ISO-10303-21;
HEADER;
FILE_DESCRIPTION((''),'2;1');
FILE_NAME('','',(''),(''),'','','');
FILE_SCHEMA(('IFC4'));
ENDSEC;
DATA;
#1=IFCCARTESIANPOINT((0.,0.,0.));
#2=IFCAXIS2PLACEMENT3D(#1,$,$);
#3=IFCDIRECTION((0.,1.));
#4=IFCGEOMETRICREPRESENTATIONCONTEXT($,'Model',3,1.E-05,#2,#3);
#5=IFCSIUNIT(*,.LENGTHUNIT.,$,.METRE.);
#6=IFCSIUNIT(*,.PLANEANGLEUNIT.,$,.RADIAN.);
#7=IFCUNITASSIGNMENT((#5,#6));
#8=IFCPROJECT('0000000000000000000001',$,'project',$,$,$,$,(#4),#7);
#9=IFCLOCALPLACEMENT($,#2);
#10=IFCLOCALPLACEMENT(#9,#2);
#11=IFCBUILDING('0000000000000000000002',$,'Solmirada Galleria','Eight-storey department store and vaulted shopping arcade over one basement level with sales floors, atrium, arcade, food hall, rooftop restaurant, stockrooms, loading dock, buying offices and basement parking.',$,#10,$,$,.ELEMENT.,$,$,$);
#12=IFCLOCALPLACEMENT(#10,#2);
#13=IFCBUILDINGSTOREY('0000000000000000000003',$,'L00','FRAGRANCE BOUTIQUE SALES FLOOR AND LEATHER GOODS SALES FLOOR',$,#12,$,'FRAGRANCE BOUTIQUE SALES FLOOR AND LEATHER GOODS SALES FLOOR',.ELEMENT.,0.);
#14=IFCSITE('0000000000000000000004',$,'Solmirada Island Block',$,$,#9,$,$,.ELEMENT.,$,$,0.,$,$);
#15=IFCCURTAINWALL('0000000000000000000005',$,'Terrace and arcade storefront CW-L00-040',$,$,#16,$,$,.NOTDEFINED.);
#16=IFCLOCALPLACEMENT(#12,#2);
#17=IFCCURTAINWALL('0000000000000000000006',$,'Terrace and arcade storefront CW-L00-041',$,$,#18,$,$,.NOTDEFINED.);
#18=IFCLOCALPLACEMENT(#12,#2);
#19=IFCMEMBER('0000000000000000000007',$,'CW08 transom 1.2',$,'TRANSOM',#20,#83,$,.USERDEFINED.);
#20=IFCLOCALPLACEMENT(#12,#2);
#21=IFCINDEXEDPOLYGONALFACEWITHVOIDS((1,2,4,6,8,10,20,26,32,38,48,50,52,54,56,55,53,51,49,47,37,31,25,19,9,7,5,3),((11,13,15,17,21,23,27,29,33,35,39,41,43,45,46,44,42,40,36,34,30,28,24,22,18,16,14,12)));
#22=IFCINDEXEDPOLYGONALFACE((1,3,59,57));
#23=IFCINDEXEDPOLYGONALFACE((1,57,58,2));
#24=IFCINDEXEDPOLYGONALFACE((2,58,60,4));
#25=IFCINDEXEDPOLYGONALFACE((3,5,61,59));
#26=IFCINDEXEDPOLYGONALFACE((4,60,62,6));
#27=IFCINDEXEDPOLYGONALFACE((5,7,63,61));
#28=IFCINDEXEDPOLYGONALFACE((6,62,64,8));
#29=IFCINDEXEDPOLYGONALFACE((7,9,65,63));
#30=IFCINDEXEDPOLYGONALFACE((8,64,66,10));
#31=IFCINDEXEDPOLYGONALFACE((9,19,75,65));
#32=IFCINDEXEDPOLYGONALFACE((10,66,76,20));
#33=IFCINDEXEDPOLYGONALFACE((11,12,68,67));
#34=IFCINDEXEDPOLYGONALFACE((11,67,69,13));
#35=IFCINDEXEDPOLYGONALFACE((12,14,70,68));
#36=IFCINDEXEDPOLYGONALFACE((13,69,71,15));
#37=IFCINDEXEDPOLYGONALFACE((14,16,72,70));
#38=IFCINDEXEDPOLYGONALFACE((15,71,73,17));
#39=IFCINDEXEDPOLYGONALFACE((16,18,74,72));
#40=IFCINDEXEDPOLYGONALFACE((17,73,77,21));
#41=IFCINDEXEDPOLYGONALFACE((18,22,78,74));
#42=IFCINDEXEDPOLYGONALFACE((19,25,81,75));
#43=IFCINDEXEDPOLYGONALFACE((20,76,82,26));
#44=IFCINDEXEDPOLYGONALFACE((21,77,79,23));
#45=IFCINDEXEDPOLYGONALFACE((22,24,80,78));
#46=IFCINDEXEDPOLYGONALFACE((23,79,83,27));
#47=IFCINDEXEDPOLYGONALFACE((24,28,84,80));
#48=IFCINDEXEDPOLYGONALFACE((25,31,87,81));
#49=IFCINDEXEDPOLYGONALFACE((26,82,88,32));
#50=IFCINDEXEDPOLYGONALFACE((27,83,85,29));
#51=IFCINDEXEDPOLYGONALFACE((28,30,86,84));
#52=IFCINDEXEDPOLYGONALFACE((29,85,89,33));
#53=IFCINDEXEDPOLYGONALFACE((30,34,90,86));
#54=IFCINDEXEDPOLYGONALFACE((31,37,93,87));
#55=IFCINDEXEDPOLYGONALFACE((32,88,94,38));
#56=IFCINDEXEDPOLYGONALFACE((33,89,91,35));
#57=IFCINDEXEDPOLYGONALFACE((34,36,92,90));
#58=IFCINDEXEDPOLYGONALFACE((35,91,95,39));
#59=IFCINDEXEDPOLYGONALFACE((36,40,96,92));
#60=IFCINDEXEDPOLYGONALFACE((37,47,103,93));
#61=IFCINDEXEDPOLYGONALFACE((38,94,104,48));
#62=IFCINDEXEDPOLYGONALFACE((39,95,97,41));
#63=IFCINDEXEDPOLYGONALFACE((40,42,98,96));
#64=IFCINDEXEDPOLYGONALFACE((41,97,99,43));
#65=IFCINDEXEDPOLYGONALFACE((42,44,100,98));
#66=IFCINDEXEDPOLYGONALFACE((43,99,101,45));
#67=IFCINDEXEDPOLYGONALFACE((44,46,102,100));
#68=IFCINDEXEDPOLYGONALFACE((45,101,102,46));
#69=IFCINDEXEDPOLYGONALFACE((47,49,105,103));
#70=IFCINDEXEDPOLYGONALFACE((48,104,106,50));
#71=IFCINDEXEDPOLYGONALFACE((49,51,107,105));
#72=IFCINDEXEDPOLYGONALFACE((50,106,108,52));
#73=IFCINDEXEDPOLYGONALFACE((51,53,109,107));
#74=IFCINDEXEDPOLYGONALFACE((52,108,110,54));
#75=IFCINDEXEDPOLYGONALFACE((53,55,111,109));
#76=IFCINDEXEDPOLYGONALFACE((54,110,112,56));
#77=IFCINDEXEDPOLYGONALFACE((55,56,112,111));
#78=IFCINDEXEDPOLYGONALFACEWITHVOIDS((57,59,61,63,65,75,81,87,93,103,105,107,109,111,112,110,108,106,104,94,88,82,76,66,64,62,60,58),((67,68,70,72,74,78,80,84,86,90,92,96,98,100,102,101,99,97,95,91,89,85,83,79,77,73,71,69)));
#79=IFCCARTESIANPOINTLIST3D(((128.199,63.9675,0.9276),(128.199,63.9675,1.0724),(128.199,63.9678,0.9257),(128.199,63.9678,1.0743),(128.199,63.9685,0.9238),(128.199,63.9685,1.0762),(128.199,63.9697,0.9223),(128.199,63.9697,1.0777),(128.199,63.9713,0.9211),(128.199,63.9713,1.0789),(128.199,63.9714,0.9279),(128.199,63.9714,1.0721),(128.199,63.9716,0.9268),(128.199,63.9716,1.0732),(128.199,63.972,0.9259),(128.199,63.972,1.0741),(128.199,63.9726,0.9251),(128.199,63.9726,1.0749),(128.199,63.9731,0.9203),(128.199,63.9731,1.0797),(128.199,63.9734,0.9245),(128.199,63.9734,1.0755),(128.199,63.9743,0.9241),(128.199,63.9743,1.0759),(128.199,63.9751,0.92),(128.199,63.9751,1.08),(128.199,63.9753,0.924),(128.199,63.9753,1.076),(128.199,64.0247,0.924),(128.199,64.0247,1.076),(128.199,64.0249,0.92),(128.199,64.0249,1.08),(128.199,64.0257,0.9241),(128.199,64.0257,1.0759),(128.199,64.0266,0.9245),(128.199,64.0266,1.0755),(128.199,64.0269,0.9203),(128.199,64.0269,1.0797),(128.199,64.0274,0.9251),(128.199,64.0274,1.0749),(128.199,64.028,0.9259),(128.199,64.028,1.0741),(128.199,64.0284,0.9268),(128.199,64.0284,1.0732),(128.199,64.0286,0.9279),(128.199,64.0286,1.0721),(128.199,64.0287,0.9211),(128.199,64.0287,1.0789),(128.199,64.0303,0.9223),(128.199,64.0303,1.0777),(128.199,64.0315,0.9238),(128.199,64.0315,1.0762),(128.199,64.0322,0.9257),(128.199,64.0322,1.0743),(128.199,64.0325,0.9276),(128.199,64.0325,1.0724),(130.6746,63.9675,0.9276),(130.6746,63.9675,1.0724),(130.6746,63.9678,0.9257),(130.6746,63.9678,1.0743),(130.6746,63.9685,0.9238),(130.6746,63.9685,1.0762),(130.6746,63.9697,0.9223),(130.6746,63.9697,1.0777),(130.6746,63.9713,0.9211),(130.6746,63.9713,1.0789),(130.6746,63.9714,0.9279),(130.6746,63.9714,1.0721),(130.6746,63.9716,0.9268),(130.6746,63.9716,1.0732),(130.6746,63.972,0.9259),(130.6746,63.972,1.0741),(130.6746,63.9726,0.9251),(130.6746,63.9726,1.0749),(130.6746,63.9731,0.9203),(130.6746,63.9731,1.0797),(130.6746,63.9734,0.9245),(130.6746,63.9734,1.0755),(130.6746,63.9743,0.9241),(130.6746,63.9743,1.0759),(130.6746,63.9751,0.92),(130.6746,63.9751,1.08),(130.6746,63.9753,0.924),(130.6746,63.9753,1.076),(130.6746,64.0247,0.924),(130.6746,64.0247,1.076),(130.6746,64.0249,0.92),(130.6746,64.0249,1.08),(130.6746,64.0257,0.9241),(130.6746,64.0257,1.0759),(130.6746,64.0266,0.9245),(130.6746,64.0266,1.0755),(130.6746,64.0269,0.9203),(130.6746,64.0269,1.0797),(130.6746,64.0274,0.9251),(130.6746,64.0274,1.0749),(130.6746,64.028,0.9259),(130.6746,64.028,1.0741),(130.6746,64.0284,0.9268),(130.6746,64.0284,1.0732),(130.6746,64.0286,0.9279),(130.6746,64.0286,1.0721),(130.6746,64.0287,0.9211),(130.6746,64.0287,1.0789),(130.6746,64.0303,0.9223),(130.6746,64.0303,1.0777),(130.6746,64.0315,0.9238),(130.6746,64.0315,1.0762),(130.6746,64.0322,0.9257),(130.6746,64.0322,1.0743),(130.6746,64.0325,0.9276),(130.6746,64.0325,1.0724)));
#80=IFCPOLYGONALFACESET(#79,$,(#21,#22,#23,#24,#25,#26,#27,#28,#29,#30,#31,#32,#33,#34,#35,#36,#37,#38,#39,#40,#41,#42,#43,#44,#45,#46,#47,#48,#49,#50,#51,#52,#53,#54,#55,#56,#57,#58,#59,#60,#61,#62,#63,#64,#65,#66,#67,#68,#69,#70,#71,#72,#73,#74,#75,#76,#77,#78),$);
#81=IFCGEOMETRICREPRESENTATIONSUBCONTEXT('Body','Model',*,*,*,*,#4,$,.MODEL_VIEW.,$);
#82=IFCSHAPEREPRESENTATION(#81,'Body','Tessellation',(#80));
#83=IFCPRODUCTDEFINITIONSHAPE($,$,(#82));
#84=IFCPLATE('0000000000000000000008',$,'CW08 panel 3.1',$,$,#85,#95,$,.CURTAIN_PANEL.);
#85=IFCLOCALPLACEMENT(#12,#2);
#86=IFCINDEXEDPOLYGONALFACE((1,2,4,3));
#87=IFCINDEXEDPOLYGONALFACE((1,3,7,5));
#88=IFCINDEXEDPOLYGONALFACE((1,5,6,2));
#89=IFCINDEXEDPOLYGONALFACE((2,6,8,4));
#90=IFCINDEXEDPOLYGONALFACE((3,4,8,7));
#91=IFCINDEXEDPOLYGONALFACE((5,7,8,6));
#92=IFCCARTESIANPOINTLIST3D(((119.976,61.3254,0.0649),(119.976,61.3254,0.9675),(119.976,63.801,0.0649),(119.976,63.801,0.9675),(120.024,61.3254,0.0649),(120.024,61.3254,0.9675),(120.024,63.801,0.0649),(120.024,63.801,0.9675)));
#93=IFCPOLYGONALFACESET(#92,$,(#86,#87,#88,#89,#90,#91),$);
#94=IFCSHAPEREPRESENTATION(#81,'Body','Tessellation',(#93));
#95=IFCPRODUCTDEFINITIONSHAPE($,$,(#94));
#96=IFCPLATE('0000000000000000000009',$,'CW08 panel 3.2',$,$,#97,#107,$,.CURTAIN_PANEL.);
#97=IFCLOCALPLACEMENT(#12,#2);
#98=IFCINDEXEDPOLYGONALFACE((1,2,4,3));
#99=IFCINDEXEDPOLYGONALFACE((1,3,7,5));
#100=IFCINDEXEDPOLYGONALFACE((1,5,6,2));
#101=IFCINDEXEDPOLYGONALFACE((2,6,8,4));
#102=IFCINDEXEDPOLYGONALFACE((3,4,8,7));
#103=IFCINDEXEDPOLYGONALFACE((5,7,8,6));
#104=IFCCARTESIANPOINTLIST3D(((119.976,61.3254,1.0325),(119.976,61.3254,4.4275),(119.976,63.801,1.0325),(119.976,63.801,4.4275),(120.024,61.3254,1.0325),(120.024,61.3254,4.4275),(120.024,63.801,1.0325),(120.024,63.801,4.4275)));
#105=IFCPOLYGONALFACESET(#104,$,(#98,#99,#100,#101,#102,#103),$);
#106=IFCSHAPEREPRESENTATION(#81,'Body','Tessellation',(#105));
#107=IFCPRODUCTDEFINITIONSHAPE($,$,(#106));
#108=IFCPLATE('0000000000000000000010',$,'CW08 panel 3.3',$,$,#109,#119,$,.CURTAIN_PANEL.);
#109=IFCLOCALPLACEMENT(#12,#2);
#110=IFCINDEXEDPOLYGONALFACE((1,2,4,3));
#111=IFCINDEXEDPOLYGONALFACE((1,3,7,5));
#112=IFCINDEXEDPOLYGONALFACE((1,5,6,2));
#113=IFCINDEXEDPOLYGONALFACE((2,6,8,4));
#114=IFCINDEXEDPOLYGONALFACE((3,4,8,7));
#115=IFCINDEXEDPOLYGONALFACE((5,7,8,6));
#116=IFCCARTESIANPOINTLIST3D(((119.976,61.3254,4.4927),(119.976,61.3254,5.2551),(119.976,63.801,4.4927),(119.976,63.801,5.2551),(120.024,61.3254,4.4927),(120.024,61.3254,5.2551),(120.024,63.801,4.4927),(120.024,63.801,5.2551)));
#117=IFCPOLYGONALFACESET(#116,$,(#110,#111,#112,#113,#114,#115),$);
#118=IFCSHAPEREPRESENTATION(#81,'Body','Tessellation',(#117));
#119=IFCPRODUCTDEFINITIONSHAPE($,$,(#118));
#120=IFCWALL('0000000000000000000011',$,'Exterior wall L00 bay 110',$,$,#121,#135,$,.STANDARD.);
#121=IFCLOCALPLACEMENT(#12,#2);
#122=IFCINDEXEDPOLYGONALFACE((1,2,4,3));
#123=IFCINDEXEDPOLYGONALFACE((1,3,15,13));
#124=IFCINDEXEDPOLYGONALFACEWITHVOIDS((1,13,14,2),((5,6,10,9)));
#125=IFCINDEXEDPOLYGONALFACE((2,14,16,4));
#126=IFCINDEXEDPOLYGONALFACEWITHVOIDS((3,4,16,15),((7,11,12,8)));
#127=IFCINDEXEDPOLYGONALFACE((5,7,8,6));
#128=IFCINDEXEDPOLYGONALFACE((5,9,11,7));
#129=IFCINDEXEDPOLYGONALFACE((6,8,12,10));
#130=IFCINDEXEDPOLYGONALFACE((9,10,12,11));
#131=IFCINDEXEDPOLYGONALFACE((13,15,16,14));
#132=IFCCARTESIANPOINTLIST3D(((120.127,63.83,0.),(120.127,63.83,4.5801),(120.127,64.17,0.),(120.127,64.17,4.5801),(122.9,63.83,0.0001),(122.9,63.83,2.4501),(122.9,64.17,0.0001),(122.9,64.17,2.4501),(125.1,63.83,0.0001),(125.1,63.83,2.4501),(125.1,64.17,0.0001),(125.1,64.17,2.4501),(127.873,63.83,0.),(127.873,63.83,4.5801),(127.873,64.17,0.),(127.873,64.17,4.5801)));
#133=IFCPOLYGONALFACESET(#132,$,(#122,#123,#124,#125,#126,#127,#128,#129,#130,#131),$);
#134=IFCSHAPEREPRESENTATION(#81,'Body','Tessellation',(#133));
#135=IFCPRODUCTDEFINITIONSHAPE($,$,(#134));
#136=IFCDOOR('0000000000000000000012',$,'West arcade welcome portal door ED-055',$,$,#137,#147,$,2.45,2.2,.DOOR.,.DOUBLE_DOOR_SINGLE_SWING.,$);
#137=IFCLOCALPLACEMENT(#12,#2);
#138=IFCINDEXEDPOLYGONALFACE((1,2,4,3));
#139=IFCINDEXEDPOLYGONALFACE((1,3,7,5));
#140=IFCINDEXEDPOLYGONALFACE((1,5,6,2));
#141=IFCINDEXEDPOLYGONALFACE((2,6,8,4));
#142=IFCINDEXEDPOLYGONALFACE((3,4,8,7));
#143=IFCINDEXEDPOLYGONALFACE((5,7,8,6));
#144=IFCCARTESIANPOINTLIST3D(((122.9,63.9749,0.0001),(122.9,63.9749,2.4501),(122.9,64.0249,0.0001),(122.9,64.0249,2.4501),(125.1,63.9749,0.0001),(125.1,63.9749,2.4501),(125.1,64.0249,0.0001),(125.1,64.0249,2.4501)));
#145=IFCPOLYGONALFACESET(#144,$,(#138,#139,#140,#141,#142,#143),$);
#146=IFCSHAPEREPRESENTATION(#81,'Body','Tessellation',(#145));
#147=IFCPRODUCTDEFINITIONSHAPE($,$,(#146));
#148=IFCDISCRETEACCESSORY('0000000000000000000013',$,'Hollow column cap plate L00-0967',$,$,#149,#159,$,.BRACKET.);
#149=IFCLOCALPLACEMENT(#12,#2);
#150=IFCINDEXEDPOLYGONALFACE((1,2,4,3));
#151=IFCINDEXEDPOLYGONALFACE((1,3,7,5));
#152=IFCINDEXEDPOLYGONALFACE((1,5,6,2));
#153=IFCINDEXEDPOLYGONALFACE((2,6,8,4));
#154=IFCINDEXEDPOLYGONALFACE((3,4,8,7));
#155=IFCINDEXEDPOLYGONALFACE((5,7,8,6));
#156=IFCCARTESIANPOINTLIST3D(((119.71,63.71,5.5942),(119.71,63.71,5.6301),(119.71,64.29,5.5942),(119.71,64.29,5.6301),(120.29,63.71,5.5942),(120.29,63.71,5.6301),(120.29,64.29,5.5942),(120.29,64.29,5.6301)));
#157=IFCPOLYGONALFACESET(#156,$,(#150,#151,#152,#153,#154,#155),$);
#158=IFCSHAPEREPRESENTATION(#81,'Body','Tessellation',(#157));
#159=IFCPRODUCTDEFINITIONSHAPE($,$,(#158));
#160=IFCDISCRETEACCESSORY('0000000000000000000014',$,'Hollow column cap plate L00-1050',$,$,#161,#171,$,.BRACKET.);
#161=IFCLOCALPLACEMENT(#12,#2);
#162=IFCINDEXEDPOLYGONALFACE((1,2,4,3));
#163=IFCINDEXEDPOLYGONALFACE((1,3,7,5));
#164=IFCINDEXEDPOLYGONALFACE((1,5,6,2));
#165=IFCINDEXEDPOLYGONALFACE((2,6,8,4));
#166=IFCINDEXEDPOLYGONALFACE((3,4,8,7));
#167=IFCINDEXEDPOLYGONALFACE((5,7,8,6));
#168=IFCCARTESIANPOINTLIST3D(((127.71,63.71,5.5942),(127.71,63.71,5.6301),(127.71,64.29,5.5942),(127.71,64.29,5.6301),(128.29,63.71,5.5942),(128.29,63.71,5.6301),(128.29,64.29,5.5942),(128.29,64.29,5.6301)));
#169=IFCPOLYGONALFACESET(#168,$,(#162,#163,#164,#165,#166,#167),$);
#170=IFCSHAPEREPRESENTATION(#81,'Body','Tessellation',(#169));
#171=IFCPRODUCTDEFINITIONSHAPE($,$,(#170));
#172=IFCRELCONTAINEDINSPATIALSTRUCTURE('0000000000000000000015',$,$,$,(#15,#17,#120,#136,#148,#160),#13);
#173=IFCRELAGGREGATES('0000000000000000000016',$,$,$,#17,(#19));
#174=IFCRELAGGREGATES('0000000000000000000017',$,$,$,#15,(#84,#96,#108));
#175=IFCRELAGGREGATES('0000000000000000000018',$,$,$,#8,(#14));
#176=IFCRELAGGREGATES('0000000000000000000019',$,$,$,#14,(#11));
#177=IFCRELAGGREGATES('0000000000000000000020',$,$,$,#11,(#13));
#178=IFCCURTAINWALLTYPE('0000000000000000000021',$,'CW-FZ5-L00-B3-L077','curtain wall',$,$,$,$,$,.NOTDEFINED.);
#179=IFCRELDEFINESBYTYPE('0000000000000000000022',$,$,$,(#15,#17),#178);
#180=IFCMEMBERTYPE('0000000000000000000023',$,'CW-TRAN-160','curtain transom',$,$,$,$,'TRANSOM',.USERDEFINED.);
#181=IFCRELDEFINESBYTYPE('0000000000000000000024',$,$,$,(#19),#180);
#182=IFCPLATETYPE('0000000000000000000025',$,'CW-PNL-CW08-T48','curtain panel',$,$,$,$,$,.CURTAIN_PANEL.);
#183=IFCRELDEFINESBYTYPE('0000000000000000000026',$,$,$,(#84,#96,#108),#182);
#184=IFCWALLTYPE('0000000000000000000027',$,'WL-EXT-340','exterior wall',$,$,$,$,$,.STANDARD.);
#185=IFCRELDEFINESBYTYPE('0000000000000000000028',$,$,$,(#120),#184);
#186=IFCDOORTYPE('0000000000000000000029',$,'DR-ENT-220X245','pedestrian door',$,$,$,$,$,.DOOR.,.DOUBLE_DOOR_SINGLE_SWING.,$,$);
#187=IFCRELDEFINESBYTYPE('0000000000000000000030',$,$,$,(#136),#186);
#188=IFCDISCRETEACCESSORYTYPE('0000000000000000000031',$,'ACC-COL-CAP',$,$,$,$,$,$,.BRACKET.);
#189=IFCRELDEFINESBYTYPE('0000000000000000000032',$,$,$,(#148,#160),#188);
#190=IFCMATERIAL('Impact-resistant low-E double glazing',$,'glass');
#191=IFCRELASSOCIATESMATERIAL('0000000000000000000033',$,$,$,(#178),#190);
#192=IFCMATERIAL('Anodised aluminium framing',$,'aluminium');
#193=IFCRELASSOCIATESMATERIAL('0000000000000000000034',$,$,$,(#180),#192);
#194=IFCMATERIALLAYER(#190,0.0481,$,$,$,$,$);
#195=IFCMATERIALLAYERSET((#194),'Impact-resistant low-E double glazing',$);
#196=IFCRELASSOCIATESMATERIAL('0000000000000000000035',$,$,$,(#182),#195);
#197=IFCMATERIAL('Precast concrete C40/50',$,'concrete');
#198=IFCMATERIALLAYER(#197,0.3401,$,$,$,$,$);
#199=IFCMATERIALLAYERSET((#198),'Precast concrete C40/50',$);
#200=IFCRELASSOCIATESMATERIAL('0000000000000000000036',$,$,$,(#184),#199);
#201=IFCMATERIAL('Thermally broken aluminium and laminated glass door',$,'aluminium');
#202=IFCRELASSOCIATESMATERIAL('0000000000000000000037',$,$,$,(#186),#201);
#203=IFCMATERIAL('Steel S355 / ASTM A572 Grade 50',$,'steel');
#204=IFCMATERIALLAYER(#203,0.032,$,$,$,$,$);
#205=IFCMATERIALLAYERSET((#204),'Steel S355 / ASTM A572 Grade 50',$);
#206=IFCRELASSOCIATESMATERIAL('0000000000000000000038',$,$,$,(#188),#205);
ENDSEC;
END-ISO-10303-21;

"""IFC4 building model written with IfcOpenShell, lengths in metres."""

from ifc_helpers import new_model, si_unit, direction, frame, frame_2d, origin, origin_2d, place, context, subcontext, project, spatial, rectangle, hollow_rectangle, extrude, material, layer, layer_set, material_profile, profile_set, type_object, element, fill, aggregate, save


model = new_model("IFC4")

# Units and contexts
model_context = context("Model", 3, precision=1e-05, world=origin(), true_north=direction((0.0, 1.0)))
body_context = subcontext(model_context, "Body", "Model", "MODEL_VIEW")
ifc_project = project(units=[si_unit("LENGTHUNIT", "METRE"), si_unit("PLANEANGLEUNIT", "RADIAN")], contexts=[model_context])

# Site, building, storey
site_placement = place(None, origin())
site = spatial("IfcSite", under=ifc_project, at=site_placement, Name="Solmirada Island Block", CompositionType="ELEMENT", RefElevation=0.0)
building_placement = place(site_placement, origin())
building = spatial("IfcBuilding", under=site, at=building_placement, Name="Solmirada Galleria", Description="Eight-storey department store and vaulted shopping arcade over one basement level with sales floors, atrium, arcade, food hall, rooftop restaurant, stockrooms, loading dock, buying offices and basement parking.", CompositionType="ELEMENT")
storey_placement = place(building_placement, origin())
storey = spatial("IfcBuildingStorey", under=building, at=storey_placement, Name="L00", Description="FRAGRANCE BOUTIQUE SALES FLOOR AND LEATHER GOODS SALES FLOOR", LongName="FRAGRANCE BOUTIQUE SALES FLOOR AND LEATHER GOODS SALES FLOOR", CompositionType="ELEMENT", Elevation=0.0)

# Curtain wall
ifc_material_1 = material(Name="Impact-resistant low-E double glazing", Category="glass")
curtain_wall_type = type_object("IfcCurtainWallType", Name="CW-FZ5-L00-B3-L077", Description="curtain wall", PredefinedType="NOTDEFINED", material=ifc_material_1)
curtain_wall_1_placement = place(storey_placement, origin())
curtain_wall_1 = element("IfcCurtainWall", 1, at=curtain_wall_1_placement, inside=storey, type_object=curtain_wall_type, Name="Terrace and arcade storefront CW-L00-040", PredefinedType="NOTDEFINED")
ifc_material_2 = material(Name="Anodised aluminium framing", Category="aluminium")

# Curtain wall
curtain_wall_2_placement = place(storey_placement, origin())
curtain_wall_2 = element("IfcCurtainWall", 2, at=curtain_wall_2_placement, inside=storey, type_object=curtain_wall_type, Name="Terrace and arcade storefront CW-L00-041", PredefinedType="NOTDEFINED")

# Member
ifc_material_profile_1 = material_profile(ifc_material_2, hollow_rectangle(XDim=0.0649, YDim=0.1599, WallThickness=0.0039, InnerFilletRadius=0.0039, OuterFilletRadius=0.0076, at=origin_2d()), Name="ALU-TRAN-160X65")
ifc_profile_set_1 = profile_set([ifc_material_profile_1], Name="Anodised aluminium framing")
member_type_1 = type_object("IfcMemberType", Name="CW-TRAN-160", Description="curtain transom", ElementType="TRANSOM", PredefinedType="USERDEFINED", material=ifc_profile_set_1)
member_1_placement = place(storey_placement, frame((128.199, 64.0, 1.0), z_axis=(1.0, 0.0, 0.0), x_axis=(0.0, 1.0, 0.0)))
member_1 = element("IfcMember", 3, at=member_1_placement, type_object=member_type_1, Name="CW08 transom 1.2", ObjectType="TRANSOM", PredefinedType="USERDEFINED", context=body_context, shape_type="SweptSolid", body=[
    extrude(hollow_rectangle(XDim=0.0649, YDim=0.1599, WallThickness=0.0039, InnerFilletRadius=0.0039, OuterFilletRadius=0.0076, at=origin_2d()), origin(), (0.0, 0.0, 1.0), 2.4756),
])
aggregate(curtain_wall_2, [member_1])

# Plates
ifc_layer_1 = layer(ifc_material_1, 0.0481)
ifc_layer_set_1 = layer_set([ifc_layer_1], Name="Impact-resistant low-E double glazing")
plate_type = type_object("IfcPlateType", Name="CW-PNL-CW08-T48", Description="curtain panel", PredefinedType="CURTAIN_PANEL", material=ifc_layer_set_1)
plate_1_placement = place(storey_placement, frame((120.0, 62.5632, 0.0649), z_axis=(0.0, 0.0, 1.0), x_axis=(0.0, 1.0, 0.0)))
plate_1 = element("IfcPlate", 4, at=plate_1_placement, type_object=plate_type, Name="CW08 panel 3.1", PredefinedType="CURTAIN_PANEL", context=body_context, shape_type="SweptSolid", body=[
    extrude(rectangle(XDim=2.4756, YDim=0.0481, at=origin_2d()), origin(), (0.0, 0.0, 1.0), 0.9026),
])
plate_2_placement = place(storey_placement, frame((120.0, 62.5632, 1.0325), z_axis=(0.0, 0.0, 1.0), x_axis=(0.0, 1.0, 0.0)))
plate_2 = element("IfcPlate", 5, at=plate_2_placement, type_object=plate_type, Name="CW08 panel 3.2", PredefinedType="CURTAIN_PANEL", context=body_context, shape_type="SweptSolid", body=[
    extrude(rectangle(XDim=2.4756, YDim=0.0481, at=origin_2d()), origin(), (0.0, 0.0, 1.0), 3.395),
])
plate_3_placement = place(storey_placement, frame((120.0, 62.5632, 4.4927), z_axis=(0.0, 0.0, 1.0), x_axis=(0.0, 1.0, 0.0)))
plate_3 = element("IfcPlate", 6, at=plate_3_placement, type_object=plate_type, Name="CW08 panel 3.3", PredefinedType="CURTAIN_PANEL", context=body_context, shape_type="SweptSolid", body=[
    extrude(rectangle(XDim=2.4756, YDim=0.0481, at=origin_2d()), origin(), (0.0, 0.0, 1.0), 0.7625),
])
aggregate(curtain_wall_1, [plate_1, plate_2, plate_3])

# Wall, opening, door
ifc_material_3 = material(Name="Precast concrete C40/50", Category="concrete")
ifc_layer_2 = layer(ifc_material_3, 0.3401)
ifc_layer_set_2 = layer_set([ifc_layer_2], Name="Precast concrete C40/50")
wall_type = type_object("IfcWallType", Name="WL-EXT-340", Description="exterior wall", PredefinedType="STANDARD", material=ifc_layer_set_2)
wall_placement = place(storey_placement, frame((120.127, 64.0, 0.0), z_axis=(0.0, 0.0, 1.0), x_axis=(1.0, 0.0, 0.0)))
wall = element("IfcWall", 7, at=wall_placement, inside=storey, type_object=wall_type, Name="Exterior wall L00 bay 110", PredefinedType="STANDARD", context=body_context, shape_type="SweptSolid", body=[
    extrude(rectangle(XDim=7.7461, YDim=0.3401, at=frame_2d((3.873, 0.0))), origin(), (0.0, 0.0, 1.0), 4.5801),
])
opening_placement = place(wall_placement, frame((2.7729, 0.0, 0.0)))
opening = element("IfcOpeningElement", 8, at=opening_placement, cuts=wall, PredefinedType="OPENING", context=body_context, shape_type="SweptSolid", body=[
    extrude(rectangle(XDim=2.2, YDim=2.45, at=frame_2d((1.1001, 1.2251))), frame((0.0, 0.1799, 0.0), z_axis=(0.0, -1.0, 0.0), x_axis=(1.0, 0.0, 0.0)), (0.0, 0.0, 1.0), 0.3601),
])
ifc_material_4 = material(Name="Thermally broken aluminium and laminated glass door", Category="aluminium")
door_type = type_object("IfcDoorType", Name="DR-ENT-220X245", Description="pedestrian door", OperationType="DOUBLE_DOOR_SINGLE_SWING", PredefinedType="DOOR", material=ifc_material_4)
door_placement = place(opening_placement, origin())
door = element("IfcDoor", 9, at=door_placement, inside=storey, type_object=door_type, Name="West arcade welcome portal door ED-055", OperationType="DOUBLE_DOOR_SINGLE_SWING", OverallHeight=2.45, OverallWidth=2.2, PredefinedType="DOOR", context=body_context, shape_type="SweptSolid", body=[
    extrude(rectangle(XDim=2.2, YDim=2.45, at=frame_2d((1.1001, 1.2251))), frame((0.0, 0.0249, 0.0), z_axis=(0.0, -1.0, 0.0), x_axis=(1.0, 0.0, 0.0)), (0.0, 0.0, 1.0), 0.05),
])
fill(opening, door)

# Discrete accessories
ifc_material_5 = material(Name="Steel S355 / ASTM A572 Grade 50", Category="steel")
ifc_layer_3 = layer(ifc_material_5, 0.032)
ifc_layer_set_3 = layer_set([ifc_layer_3], Name="Steel S355 / ASTM A572 Grade 50")
discrete_accessory_type = type_object("IfcDiscreteAccessoryType", Name="ACC-COL-CAP", PredefinedType="BRACKET", material=ifc_layer_set_3)
for number, where, z_axis, x_axis, name in (
    (10, (120.0, 64.0, 5.5942), (0.0, 0.0, 1.0), (1.0, 0.0, 0.0), "Hollow column cap plate L00-0967"),
    (11, (128.0, 64.0, 5.5942), (0.0, 0.0, 1.0), (1.0, 0.0, 0.0), "Hollow column cap plate L00-1050"),
):
    element("IfcDiscreteAccessory", number, at=place(storey_placement, frame(where, z_axis=z_axis, x_axis=x_axis)), inside=storey, type_object=discrete_accessory_type, Name=name, PredefinedType="BRACKET", context=body_context, shape_type="SweptSolid", body=[
        extrude(rectangle(XDim=0.5801, YDim=0.5801, at=origin_2d()), origin(), (0.0, 0.0, 1.0), 0.0359),
    ])

save(model, "model.ifc")
